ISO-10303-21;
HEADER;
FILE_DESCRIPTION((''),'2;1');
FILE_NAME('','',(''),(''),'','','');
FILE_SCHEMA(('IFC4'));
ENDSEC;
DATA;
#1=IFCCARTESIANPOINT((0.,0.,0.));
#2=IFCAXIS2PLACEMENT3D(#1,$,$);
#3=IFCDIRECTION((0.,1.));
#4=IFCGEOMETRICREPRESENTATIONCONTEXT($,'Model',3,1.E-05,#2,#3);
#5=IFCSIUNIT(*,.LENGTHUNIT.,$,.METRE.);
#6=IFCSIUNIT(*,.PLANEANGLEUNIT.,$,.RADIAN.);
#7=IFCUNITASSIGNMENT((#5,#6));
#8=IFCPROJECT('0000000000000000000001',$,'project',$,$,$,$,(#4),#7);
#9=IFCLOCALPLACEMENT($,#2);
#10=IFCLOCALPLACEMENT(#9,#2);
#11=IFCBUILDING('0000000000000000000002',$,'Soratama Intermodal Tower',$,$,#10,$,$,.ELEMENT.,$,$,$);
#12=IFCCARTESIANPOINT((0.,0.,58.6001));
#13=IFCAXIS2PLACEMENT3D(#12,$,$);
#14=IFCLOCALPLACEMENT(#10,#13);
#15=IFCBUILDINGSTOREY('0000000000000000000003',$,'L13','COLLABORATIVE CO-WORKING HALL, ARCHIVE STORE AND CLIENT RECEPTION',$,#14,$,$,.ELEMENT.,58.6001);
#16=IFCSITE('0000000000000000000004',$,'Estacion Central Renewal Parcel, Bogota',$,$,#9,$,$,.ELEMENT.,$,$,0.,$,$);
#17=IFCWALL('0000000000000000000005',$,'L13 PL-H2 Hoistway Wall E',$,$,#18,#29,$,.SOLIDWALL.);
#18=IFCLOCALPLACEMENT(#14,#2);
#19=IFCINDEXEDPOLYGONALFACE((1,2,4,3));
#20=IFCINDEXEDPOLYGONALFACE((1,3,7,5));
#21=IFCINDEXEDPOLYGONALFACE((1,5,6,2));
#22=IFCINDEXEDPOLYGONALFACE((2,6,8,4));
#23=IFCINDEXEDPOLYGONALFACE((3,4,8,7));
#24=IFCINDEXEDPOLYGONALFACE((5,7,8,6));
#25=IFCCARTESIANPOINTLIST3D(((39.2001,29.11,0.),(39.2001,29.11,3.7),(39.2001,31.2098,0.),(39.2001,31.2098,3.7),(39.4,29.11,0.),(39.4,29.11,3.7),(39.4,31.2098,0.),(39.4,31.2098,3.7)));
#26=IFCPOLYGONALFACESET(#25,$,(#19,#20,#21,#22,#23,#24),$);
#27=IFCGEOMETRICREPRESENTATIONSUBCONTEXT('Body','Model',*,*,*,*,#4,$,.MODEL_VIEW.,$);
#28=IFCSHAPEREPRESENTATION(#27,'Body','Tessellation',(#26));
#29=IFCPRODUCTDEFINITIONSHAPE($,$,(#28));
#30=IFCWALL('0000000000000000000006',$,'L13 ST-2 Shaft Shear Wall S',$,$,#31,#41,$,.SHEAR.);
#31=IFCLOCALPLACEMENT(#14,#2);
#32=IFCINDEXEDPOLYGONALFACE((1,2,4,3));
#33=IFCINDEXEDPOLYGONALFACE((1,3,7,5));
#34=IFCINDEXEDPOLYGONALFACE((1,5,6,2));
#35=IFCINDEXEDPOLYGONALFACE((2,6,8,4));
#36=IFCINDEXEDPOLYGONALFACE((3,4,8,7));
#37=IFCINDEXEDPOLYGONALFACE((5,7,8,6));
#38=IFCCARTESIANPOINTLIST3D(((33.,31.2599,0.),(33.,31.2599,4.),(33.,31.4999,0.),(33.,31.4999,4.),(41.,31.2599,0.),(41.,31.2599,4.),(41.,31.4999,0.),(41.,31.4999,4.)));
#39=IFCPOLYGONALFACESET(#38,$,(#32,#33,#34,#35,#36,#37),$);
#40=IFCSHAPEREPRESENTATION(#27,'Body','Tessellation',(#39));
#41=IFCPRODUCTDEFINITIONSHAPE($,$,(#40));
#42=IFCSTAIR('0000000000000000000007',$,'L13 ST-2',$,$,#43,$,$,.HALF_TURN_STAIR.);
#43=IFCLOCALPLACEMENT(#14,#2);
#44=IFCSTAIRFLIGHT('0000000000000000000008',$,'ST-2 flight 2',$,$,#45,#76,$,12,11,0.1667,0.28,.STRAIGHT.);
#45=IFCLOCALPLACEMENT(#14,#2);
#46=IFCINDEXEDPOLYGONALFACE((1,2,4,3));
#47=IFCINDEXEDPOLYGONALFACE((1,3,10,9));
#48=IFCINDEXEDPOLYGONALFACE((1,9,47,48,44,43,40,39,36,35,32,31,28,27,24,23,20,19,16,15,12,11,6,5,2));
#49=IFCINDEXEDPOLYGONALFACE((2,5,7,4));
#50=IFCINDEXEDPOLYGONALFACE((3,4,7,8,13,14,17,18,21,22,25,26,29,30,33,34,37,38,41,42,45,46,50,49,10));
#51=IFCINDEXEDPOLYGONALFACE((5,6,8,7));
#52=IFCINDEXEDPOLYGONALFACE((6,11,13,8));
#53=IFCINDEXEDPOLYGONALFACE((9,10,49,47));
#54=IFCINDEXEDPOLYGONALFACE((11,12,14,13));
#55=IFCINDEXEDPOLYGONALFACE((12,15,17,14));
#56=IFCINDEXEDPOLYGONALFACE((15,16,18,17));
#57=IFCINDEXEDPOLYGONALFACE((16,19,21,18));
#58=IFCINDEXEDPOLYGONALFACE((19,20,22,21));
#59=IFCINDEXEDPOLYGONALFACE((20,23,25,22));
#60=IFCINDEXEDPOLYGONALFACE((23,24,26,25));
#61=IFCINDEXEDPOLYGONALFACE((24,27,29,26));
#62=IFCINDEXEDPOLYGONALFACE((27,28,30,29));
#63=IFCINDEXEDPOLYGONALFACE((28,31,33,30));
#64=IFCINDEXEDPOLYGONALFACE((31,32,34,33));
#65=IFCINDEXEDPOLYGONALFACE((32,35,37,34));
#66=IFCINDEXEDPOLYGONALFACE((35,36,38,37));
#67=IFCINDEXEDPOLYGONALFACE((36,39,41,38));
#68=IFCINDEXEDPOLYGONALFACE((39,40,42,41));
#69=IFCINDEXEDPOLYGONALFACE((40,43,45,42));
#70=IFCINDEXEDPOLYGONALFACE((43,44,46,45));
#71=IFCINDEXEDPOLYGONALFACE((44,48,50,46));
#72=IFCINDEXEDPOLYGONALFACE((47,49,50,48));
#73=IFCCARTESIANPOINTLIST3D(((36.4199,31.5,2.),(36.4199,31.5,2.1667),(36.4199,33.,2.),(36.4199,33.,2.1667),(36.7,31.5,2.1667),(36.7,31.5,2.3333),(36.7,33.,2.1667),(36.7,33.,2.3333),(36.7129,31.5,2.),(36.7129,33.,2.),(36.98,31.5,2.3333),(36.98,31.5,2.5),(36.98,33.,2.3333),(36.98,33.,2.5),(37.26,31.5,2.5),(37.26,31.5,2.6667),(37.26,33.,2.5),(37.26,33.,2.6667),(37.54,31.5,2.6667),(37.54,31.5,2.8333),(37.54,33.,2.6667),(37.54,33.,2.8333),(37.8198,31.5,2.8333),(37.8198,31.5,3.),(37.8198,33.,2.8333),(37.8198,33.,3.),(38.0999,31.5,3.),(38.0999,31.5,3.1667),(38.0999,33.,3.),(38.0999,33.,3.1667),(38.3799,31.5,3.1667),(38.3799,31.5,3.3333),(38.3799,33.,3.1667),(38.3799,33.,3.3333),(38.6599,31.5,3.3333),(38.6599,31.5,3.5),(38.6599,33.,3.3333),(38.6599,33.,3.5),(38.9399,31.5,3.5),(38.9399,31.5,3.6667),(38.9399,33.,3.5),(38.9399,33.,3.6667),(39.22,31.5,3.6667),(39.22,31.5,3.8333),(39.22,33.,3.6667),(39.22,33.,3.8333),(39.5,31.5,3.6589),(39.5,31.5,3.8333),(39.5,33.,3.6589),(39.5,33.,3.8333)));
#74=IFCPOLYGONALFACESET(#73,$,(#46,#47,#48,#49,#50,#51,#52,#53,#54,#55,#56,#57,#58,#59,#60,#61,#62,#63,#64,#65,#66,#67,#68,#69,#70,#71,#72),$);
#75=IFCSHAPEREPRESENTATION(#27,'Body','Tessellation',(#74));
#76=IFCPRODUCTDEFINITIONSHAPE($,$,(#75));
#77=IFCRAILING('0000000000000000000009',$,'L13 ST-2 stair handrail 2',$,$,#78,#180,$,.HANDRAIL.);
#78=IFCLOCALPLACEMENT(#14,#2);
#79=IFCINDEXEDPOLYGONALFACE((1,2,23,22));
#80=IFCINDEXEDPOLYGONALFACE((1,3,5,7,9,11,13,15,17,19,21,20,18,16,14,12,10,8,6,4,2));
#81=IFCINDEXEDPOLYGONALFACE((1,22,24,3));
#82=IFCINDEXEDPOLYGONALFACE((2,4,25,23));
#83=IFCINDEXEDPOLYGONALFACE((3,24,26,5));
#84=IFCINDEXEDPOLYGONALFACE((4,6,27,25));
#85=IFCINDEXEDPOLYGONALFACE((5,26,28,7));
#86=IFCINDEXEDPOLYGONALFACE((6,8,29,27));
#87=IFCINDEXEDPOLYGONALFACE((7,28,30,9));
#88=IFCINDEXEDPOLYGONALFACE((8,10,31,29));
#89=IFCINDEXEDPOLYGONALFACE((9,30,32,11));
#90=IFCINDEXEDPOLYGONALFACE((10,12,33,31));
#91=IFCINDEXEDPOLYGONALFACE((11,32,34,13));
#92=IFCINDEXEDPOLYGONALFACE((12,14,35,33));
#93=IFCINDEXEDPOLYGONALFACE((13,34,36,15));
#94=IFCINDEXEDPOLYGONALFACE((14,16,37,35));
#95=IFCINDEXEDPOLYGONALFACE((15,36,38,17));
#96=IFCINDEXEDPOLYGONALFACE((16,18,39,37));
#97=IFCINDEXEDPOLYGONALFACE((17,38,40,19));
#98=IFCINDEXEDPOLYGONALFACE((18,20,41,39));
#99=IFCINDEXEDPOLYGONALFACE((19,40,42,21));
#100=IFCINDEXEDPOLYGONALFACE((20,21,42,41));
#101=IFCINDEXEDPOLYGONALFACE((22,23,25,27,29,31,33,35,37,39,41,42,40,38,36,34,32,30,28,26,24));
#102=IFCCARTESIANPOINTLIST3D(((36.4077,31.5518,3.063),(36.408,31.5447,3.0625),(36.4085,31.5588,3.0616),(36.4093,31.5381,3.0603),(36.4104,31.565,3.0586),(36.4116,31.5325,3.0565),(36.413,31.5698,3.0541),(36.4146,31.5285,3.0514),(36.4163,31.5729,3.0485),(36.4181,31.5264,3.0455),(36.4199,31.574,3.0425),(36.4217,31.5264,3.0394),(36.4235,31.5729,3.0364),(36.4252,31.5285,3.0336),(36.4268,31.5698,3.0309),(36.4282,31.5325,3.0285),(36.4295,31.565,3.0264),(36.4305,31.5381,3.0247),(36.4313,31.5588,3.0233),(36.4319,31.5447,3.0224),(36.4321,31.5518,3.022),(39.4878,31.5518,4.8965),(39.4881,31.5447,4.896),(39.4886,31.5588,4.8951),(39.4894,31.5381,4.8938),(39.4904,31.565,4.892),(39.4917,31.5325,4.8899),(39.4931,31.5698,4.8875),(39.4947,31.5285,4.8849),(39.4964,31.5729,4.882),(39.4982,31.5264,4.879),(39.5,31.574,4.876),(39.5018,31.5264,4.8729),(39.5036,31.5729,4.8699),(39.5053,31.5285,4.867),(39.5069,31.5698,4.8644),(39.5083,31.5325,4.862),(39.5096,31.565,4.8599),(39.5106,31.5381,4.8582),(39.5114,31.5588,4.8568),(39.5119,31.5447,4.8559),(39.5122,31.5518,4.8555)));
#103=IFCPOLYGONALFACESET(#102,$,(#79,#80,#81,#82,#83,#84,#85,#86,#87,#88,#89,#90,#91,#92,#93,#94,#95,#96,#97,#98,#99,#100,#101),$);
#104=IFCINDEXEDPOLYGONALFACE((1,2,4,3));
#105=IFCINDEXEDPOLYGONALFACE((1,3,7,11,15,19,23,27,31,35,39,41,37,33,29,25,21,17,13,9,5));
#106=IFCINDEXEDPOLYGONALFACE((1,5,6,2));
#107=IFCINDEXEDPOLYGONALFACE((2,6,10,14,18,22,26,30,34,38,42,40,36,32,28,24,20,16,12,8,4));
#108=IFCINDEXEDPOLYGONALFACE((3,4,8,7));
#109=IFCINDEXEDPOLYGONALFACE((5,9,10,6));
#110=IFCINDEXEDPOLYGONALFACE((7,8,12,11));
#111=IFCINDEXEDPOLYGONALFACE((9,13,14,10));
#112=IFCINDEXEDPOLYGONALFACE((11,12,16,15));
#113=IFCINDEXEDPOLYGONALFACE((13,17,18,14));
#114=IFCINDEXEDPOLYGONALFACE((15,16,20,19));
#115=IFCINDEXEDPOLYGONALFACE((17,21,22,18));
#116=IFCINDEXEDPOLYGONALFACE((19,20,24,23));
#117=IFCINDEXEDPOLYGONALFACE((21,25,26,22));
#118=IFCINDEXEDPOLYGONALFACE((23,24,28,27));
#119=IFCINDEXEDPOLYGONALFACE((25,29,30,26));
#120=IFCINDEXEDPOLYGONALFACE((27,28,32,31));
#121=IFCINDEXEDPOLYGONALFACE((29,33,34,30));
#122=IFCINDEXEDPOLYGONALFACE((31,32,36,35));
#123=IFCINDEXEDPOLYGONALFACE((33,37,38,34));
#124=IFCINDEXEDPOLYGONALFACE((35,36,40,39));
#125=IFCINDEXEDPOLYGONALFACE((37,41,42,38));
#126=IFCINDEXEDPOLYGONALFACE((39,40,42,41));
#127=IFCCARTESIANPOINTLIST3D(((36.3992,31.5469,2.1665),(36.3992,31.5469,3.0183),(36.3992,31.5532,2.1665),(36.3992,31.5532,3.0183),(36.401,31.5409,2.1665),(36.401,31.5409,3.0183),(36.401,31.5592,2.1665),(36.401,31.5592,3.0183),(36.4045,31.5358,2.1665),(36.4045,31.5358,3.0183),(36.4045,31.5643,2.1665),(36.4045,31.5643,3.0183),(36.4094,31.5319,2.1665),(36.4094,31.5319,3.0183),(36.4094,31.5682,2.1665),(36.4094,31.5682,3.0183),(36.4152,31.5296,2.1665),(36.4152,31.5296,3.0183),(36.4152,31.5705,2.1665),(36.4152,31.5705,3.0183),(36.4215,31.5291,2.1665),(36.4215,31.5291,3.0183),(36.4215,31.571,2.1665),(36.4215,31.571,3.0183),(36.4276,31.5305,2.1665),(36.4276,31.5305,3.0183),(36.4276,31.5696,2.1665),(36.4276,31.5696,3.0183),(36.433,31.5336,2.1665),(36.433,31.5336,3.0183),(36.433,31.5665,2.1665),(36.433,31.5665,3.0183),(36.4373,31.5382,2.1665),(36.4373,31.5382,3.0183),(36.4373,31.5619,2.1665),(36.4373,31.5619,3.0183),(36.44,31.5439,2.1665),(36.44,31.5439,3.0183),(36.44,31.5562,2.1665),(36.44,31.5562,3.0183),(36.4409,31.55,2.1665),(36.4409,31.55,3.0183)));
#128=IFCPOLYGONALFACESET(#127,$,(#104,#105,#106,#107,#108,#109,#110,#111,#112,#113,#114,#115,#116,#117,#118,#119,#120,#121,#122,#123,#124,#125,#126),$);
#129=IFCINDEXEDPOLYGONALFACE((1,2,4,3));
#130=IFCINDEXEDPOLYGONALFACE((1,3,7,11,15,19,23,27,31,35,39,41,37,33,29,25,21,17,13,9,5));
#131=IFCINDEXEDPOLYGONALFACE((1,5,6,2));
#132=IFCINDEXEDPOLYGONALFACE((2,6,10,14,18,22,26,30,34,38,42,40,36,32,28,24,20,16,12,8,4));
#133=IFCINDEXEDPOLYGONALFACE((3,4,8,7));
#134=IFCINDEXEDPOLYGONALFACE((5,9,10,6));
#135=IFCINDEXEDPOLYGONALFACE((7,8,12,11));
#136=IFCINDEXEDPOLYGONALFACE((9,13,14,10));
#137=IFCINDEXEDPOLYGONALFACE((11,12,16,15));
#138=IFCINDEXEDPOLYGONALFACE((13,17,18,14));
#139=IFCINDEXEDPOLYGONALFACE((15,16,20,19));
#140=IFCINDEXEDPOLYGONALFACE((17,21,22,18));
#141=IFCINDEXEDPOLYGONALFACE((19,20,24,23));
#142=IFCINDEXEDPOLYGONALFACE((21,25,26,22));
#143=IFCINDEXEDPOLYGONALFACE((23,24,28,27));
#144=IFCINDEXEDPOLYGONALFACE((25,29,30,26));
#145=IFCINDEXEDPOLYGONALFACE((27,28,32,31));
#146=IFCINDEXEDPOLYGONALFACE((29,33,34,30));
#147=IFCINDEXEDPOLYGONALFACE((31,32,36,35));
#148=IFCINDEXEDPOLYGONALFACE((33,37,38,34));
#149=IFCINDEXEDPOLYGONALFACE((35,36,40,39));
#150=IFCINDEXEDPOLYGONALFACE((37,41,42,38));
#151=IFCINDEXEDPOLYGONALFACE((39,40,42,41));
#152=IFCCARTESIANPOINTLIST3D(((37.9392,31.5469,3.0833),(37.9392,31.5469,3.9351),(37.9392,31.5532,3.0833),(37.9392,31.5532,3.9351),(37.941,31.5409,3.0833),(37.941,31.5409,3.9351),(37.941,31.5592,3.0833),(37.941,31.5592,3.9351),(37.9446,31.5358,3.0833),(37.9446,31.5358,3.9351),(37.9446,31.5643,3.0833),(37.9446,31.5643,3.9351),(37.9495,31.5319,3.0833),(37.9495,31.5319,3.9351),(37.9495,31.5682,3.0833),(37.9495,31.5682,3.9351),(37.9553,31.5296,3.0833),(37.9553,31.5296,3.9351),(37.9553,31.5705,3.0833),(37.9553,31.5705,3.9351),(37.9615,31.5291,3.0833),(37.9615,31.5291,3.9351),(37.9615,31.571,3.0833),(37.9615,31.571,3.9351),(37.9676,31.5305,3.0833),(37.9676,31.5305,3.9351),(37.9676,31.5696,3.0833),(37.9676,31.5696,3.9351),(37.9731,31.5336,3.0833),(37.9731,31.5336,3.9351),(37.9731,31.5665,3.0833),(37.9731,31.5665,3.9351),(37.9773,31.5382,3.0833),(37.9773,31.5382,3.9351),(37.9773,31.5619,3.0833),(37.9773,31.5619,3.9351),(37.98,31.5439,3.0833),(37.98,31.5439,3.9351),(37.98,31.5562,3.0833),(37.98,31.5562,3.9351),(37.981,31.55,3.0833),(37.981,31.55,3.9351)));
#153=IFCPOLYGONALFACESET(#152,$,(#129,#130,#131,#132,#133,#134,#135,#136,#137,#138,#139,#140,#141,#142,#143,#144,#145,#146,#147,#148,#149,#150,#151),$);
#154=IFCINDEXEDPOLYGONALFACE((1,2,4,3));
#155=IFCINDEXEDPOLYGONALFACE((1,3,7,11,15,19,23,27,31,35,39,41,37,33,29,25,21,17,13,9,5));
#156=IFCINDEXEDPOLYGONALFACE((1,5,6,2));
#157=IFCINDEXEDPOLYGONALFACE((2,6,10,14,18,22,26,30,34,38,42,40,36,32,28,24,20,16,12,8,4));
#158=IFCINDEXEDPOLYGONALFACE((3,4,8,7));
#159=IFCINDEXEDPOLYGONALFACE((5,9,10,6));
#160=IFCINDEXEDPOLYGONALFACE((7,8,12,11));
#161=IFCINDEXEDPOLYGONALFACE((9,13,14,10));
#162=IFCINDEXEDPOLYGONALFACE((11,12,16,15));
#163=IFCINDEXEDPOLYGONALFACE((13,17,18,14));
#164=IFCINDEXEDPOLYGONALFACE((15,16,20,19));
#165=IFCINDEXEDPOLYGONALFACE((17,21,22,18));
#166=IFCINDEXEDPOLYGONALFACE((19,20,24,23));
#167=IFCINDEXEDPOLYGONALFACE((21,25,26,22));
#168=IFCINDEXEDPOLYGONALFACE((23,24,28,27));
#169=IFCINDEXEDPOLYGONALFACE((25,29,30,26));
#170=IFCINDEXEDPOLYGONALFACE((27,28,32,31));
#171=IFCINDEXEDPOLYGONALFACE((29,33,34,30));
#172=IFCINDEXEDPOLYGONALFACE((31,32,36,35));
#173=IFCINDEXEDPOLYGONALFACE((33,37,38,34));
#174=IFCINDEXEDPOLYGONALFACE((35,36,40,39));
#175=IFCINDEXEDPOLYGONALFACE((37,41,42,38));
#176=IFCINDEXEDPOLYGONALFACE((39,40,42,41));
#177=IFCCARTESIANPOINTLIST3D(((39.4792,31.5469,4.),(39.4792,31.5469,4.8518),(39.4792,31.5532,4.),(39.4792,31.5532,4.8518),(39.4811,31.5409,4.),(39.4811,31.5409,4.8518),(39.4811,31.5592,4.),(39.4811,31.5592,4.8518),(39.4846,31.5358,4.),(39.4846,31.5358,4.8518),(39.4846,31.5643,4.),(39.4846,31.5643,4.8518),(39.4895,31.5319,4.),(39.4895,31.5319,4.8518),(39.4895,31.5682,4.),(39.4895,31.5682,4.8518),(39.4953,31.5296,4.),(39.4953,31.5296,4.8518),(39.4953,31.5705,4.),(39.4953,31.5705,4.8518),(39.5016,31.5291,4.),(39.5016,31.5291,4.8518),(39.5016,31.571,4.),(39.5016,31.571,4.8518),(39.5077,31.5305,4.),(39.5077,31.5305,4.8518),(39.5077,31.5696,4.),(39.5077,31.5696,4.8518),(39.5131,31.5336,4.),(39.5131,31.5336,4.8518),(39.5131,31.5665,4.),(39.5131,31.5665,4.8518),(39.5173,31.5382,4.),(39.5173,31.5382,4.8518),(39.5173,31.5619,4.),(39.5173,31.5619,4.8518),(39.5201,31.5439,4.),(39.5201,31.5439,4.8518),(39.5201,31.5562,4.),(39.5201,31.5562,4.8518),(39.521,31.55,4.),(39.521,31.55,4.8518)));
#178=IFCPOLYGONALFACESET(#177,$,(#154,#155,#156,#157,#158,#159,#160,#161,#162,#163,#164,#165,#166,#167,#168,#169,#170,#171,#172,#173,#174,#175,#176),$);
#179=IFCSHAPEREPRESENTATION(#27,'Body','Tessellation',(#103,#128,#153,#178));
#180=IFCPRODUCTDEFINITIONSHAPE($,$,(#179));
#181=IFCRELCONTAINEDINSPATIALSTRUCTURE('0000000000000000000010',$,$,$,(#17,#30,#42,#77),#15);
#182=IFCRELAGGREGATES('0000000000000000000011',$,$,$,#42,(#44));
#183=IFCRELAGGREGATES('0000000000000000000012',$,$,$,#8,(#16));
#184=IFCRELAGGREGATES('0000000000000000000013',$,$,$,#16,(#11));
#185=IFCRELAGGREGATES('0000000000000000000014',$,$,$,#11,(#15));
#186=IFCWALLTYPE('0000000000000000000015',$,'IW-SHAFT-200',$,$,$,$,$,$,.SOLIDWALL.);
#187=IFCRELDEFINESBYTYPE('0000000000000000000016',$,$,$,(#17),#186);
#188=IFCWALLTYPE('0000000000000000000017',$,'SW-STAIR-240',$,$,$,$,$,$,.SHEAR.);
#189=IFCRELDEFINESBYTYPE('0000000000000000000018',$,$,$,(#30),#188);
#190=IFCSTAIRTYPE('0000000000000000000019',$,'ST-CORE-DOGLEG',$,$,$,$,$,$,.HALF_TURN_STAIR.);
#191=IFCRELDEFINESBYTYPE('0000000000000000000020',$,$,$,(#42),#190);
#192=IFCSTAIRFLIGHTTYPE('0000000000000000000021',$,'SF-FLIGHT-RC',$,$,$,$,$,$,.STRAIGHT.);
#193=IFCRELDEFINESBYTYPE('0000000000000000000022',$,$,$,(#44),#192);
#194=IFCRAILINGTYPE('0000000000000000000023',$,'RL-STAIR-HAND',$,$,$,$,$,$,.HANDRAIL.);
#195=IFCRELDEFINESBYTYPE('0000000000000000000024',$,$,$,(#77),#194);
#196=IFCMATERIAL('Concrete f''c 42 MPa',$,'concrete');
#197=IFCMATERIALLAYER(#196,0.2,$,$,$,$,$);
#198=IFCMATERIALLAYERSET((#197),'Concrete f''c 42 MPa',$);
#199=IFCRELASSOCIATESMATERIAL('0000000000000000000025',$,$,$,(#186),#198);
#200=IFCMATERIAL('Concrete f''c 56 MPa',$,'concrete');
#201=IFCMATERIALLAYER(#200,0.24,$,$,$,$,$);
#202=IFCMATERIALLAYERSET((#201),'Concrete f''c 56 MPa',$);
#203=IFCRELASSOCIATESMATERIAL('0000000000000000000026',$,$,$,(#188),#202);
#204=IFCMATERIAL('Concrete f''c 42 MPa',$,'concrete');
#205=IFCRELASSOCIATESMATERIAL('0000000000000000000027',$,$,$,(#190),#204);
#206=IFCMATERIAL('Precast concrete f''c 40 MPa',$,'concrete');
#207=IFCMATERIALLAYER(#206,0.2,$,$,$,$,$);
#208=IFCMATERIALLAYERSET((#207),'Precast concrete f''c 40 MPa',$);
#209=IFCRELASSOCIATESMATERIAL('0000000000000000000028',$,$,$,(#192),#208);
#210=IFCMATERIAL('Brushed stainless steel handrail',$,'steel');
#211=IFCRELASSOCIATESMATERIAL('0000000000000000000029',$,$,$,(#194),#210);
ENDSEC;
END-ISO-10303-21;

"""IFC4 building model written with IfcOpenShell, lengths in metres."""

from ifc_helpers import new_model, si_unit, direction, frame, frame_2d, origin, origin_2d, place, context, subcontext, project, spatial, polyline, rectangle, circle, outline, extrude, material, layer, layer_set, type_object, element, aggregate, save


model = new_model("IFC4")

# Units and contexts
model_context = context("Model", 3, precision=1e-05, world=origin(), true_north=direction((0.0, 1.0)))
body_context = subcontext(model_context, "Body", "Model", "MODEL_VIEW")
ifc_project = project(units=[si_unit("LENGTHUNIT", "METRE"), si_unit("PLANEANGLEUNIT", "RADIAN")], contexts=[model_context])

# Site, building, storey
site_placement = place(None, origin())
site = spatial("IfcSite", under=ifc_project, at=site_placement, Name="Estacion Central Renewal Parcel, Bogota", CompositionType="ELEMENT", RefElevation=0.0)
building_placement = place(site_placement, origin())
building = spatial("IfcBuilding", under=site, at=building_placement, Name="Soratama Intermodal Tower", CompositionType="ELEMENT")
storey_placement = place(building_placement, frame((0.0, 0.0, 58.6001)))
storey = spatial("IfcBuildingStorey", under=building, at=storey_placement, Name="L13", Description="COLLABORATIVE CO-WORKING HALL, ARCHIVE STORE AND CLIENT RECEPTION", CompositionType="ELEMENT", Elevation=58.6001)

# Shared definitions
ifc_material_1 = material(Name="Concrete f'c 42 MPa", Category="concrete")
ifc_layer_1 = layer(ifc_material_1, 0.2)
ifc_layer_set_1 = layer_set([ifc_layer_1], Name="Concrete f'c 42 MPa")
wall_type_1 = type_object("IfcWallType", Name="IW-SHAFT-200", PredefinedType="SOLIDWALL", material=ifc_layer_set_1)

# Walls
wall_1_placement = place(storey_placement, frame((39.3, 29.1101, 0.0), z_axis=(0.0, 0.0, 1.0), x_axis=(0.0, 1.0, 0.0)))
element("IfcWall", 1, at=wall_1_placement, inside=storey, type_object=wall_type_1, Name="L13 PL-H2 Hoistway Wall E", PredefinedType="SOLIDWALL", context=body_context, shape_type="SweptSolid", body=[
    extrude(rectangle(XDim=2.0999, YDim=0.2, at=frame_2d((1.0498, 0.0))), origin(), (0.0, 0.0, 1.0), 3.7),
])
ifc_material_2 = material(Name="Concrete f'c 56 MPa", Category="concrete")
ifc_layer_2 = layer(ifc_material_2, 0.24)
ifc_layer_set_2 = layer_set([ifc_layer_2], Name="Concrete f'c 56 MPa")
wall_type_2 = type_object("IfcWallType", Name="SW-STAIR-240", PredefinedType="SHEAR", material=ifc_layer_set_2)
wall_2_placement = place(storey_placement, frame((33.0, 31.3799, 0.0), z_axis=(0.0, 0.0, 1.0), x_axis=(1.0, 0.0, 0.0)))
element("IfcWall", 2, at=wall_2_placement, inside=storey, type_object=wall_type_2, Name="L13 ST-2 Shaft Shear Wall S", PredefinedType="SHEAR", context=body_context, shape_type="SweptSolid", body=[
    extrude(rectangle(XDim=8.0, YDim=0.24, at=frame_2d((4.0, 0.0))), origin(), (0.0, 0.0, 1.0), 4.0),
])

# Stair, stair flight
ifc_material_3 = material(Name="Concrete f'c 42 MPa", Category="concrete")
stair_type = type_object("IfcStairType", Name="ST-CORE-DOGLEG", PredefinedType="HALF_TURN_STAIR", material=ifc_material_3)
stair_placement = place(storey_placement, origin())
stair = element("IfcStair", 3, at=stair_placement, inside=storey, type_object=stair_type, Name="L13 ST-2", PredefinedType="HALF_TURN_STAIR")
ifc_material_4 = material(Name="Precast concrete f'c 40 MPa", Category="concrete")
ifc_layer_3 = layer(ifc_material_4, 0.2)
ifc_layer_set_3 = layer_set([ifc_layer_3], Name="Precast concrete f'c 40 MPa")
stair_flight_type = type_object("IfcStairFlightType", Name="SF-FLIGHT-RC", PredefinedType="STRAIGHT", material=ifc_layer_set_3)
stair_flight_placement = place(storey_placement, frame((36.4199, 32.25, 2.0), z_axis=(0.0, 0.0, 1.0), x_axis=(1.0, 0.0, 0.0)))
stair_flight = element("IfcStairFlight", 4, at=stair_flight_placement, type_object=stair_flight_type, Name="ST-2 flight 2", NumberOfRisers=12, NumberOfTreads=11, PredefinedType="STRAIGHT", RiserHeight=0.1667, TreadLength=0.28, context=body_context, shape_type="SweptSolid", body=[
    extrude(outline(polyline([(0.0, 0.0), (0.0, 0.1667), (0.28, 0.1667), (0.28, 0.3333), (0.5601, 0.3333), (0.5601, 0.5), (0.8401, 0.5), (0.8401, 0.6667), (1.1201, 0.6667), (1.1201, 0.8333), (1.3999, 0.8333), (1.3999, 1.0), (1.6799, 1.0), (1.6799, 1.1667), (1.96, 1.1667), (1.96, 1.3333), (2.24, 1.3333), (2.24, 1.5), (2.52, 1.5), (2.52, 1.6667), (2.8, 1.6667), (2.8, 1.8333), (3.0801, 1.8333), (3.0801, 2.0), (3.0801, 1.6589), (0.293, 0.0), (0.0, 0.0)])), frame((0.0, 0.75, 0.0), z_axis=(0.0, -1.0, 0.0), x_axis=(1.0, 0.0, 0.0)), (0.0, 0.0, 1.0), 1.5),
])
aggregate(stair, [stair_flight])

# Railing
ifc_material_5 = material(Name="Brushed stainless steel handrail", Category="steel")
railing_type = type_object("IfcRailingType", Name="RL-STAIR-HAND", PredefinedType="HANDRAIL", material=ifc_material_5)
railing_placement = place(storey_placement, frame((36.4199, 31.55, 2.1665)))
element("IfcRailing", 5, at=railing_placement, inside=storey, type_object=railing_type, Name="L13 ST-2 stair handrail 2", PredefinedType="HANDRAIL", context=body_context, shape_type="SweptSolid", body=[
    extrude(circle(Radius=0.0239, at=origin_2d()), frame((0.0, 0.0, 0.876), z_axis=(0.859279, 0.0, 0.511508), x_axis=(0.0, 1.0, 0.0)), (0.0, 0.0, 1.0), 3.5845),
    extrude(circle(Radius=0.021, at=origin_2d()), origin(), (0.0, 0.0, 1.0), 0.8518),
    extrude(circle(Radius=0.021, at=origin_2d()), frame((1.54, 0.0, 0.9167)), (0.0, 0.0, 1.0), 0.8518),
    extrude(circle(Radius=0.021, at=origin_2d()), frame((3.0801, 0.0, 1.8335)), (0.0, 0.0, 1.0), 0.8518),
])

save(model, "model.ifc")
